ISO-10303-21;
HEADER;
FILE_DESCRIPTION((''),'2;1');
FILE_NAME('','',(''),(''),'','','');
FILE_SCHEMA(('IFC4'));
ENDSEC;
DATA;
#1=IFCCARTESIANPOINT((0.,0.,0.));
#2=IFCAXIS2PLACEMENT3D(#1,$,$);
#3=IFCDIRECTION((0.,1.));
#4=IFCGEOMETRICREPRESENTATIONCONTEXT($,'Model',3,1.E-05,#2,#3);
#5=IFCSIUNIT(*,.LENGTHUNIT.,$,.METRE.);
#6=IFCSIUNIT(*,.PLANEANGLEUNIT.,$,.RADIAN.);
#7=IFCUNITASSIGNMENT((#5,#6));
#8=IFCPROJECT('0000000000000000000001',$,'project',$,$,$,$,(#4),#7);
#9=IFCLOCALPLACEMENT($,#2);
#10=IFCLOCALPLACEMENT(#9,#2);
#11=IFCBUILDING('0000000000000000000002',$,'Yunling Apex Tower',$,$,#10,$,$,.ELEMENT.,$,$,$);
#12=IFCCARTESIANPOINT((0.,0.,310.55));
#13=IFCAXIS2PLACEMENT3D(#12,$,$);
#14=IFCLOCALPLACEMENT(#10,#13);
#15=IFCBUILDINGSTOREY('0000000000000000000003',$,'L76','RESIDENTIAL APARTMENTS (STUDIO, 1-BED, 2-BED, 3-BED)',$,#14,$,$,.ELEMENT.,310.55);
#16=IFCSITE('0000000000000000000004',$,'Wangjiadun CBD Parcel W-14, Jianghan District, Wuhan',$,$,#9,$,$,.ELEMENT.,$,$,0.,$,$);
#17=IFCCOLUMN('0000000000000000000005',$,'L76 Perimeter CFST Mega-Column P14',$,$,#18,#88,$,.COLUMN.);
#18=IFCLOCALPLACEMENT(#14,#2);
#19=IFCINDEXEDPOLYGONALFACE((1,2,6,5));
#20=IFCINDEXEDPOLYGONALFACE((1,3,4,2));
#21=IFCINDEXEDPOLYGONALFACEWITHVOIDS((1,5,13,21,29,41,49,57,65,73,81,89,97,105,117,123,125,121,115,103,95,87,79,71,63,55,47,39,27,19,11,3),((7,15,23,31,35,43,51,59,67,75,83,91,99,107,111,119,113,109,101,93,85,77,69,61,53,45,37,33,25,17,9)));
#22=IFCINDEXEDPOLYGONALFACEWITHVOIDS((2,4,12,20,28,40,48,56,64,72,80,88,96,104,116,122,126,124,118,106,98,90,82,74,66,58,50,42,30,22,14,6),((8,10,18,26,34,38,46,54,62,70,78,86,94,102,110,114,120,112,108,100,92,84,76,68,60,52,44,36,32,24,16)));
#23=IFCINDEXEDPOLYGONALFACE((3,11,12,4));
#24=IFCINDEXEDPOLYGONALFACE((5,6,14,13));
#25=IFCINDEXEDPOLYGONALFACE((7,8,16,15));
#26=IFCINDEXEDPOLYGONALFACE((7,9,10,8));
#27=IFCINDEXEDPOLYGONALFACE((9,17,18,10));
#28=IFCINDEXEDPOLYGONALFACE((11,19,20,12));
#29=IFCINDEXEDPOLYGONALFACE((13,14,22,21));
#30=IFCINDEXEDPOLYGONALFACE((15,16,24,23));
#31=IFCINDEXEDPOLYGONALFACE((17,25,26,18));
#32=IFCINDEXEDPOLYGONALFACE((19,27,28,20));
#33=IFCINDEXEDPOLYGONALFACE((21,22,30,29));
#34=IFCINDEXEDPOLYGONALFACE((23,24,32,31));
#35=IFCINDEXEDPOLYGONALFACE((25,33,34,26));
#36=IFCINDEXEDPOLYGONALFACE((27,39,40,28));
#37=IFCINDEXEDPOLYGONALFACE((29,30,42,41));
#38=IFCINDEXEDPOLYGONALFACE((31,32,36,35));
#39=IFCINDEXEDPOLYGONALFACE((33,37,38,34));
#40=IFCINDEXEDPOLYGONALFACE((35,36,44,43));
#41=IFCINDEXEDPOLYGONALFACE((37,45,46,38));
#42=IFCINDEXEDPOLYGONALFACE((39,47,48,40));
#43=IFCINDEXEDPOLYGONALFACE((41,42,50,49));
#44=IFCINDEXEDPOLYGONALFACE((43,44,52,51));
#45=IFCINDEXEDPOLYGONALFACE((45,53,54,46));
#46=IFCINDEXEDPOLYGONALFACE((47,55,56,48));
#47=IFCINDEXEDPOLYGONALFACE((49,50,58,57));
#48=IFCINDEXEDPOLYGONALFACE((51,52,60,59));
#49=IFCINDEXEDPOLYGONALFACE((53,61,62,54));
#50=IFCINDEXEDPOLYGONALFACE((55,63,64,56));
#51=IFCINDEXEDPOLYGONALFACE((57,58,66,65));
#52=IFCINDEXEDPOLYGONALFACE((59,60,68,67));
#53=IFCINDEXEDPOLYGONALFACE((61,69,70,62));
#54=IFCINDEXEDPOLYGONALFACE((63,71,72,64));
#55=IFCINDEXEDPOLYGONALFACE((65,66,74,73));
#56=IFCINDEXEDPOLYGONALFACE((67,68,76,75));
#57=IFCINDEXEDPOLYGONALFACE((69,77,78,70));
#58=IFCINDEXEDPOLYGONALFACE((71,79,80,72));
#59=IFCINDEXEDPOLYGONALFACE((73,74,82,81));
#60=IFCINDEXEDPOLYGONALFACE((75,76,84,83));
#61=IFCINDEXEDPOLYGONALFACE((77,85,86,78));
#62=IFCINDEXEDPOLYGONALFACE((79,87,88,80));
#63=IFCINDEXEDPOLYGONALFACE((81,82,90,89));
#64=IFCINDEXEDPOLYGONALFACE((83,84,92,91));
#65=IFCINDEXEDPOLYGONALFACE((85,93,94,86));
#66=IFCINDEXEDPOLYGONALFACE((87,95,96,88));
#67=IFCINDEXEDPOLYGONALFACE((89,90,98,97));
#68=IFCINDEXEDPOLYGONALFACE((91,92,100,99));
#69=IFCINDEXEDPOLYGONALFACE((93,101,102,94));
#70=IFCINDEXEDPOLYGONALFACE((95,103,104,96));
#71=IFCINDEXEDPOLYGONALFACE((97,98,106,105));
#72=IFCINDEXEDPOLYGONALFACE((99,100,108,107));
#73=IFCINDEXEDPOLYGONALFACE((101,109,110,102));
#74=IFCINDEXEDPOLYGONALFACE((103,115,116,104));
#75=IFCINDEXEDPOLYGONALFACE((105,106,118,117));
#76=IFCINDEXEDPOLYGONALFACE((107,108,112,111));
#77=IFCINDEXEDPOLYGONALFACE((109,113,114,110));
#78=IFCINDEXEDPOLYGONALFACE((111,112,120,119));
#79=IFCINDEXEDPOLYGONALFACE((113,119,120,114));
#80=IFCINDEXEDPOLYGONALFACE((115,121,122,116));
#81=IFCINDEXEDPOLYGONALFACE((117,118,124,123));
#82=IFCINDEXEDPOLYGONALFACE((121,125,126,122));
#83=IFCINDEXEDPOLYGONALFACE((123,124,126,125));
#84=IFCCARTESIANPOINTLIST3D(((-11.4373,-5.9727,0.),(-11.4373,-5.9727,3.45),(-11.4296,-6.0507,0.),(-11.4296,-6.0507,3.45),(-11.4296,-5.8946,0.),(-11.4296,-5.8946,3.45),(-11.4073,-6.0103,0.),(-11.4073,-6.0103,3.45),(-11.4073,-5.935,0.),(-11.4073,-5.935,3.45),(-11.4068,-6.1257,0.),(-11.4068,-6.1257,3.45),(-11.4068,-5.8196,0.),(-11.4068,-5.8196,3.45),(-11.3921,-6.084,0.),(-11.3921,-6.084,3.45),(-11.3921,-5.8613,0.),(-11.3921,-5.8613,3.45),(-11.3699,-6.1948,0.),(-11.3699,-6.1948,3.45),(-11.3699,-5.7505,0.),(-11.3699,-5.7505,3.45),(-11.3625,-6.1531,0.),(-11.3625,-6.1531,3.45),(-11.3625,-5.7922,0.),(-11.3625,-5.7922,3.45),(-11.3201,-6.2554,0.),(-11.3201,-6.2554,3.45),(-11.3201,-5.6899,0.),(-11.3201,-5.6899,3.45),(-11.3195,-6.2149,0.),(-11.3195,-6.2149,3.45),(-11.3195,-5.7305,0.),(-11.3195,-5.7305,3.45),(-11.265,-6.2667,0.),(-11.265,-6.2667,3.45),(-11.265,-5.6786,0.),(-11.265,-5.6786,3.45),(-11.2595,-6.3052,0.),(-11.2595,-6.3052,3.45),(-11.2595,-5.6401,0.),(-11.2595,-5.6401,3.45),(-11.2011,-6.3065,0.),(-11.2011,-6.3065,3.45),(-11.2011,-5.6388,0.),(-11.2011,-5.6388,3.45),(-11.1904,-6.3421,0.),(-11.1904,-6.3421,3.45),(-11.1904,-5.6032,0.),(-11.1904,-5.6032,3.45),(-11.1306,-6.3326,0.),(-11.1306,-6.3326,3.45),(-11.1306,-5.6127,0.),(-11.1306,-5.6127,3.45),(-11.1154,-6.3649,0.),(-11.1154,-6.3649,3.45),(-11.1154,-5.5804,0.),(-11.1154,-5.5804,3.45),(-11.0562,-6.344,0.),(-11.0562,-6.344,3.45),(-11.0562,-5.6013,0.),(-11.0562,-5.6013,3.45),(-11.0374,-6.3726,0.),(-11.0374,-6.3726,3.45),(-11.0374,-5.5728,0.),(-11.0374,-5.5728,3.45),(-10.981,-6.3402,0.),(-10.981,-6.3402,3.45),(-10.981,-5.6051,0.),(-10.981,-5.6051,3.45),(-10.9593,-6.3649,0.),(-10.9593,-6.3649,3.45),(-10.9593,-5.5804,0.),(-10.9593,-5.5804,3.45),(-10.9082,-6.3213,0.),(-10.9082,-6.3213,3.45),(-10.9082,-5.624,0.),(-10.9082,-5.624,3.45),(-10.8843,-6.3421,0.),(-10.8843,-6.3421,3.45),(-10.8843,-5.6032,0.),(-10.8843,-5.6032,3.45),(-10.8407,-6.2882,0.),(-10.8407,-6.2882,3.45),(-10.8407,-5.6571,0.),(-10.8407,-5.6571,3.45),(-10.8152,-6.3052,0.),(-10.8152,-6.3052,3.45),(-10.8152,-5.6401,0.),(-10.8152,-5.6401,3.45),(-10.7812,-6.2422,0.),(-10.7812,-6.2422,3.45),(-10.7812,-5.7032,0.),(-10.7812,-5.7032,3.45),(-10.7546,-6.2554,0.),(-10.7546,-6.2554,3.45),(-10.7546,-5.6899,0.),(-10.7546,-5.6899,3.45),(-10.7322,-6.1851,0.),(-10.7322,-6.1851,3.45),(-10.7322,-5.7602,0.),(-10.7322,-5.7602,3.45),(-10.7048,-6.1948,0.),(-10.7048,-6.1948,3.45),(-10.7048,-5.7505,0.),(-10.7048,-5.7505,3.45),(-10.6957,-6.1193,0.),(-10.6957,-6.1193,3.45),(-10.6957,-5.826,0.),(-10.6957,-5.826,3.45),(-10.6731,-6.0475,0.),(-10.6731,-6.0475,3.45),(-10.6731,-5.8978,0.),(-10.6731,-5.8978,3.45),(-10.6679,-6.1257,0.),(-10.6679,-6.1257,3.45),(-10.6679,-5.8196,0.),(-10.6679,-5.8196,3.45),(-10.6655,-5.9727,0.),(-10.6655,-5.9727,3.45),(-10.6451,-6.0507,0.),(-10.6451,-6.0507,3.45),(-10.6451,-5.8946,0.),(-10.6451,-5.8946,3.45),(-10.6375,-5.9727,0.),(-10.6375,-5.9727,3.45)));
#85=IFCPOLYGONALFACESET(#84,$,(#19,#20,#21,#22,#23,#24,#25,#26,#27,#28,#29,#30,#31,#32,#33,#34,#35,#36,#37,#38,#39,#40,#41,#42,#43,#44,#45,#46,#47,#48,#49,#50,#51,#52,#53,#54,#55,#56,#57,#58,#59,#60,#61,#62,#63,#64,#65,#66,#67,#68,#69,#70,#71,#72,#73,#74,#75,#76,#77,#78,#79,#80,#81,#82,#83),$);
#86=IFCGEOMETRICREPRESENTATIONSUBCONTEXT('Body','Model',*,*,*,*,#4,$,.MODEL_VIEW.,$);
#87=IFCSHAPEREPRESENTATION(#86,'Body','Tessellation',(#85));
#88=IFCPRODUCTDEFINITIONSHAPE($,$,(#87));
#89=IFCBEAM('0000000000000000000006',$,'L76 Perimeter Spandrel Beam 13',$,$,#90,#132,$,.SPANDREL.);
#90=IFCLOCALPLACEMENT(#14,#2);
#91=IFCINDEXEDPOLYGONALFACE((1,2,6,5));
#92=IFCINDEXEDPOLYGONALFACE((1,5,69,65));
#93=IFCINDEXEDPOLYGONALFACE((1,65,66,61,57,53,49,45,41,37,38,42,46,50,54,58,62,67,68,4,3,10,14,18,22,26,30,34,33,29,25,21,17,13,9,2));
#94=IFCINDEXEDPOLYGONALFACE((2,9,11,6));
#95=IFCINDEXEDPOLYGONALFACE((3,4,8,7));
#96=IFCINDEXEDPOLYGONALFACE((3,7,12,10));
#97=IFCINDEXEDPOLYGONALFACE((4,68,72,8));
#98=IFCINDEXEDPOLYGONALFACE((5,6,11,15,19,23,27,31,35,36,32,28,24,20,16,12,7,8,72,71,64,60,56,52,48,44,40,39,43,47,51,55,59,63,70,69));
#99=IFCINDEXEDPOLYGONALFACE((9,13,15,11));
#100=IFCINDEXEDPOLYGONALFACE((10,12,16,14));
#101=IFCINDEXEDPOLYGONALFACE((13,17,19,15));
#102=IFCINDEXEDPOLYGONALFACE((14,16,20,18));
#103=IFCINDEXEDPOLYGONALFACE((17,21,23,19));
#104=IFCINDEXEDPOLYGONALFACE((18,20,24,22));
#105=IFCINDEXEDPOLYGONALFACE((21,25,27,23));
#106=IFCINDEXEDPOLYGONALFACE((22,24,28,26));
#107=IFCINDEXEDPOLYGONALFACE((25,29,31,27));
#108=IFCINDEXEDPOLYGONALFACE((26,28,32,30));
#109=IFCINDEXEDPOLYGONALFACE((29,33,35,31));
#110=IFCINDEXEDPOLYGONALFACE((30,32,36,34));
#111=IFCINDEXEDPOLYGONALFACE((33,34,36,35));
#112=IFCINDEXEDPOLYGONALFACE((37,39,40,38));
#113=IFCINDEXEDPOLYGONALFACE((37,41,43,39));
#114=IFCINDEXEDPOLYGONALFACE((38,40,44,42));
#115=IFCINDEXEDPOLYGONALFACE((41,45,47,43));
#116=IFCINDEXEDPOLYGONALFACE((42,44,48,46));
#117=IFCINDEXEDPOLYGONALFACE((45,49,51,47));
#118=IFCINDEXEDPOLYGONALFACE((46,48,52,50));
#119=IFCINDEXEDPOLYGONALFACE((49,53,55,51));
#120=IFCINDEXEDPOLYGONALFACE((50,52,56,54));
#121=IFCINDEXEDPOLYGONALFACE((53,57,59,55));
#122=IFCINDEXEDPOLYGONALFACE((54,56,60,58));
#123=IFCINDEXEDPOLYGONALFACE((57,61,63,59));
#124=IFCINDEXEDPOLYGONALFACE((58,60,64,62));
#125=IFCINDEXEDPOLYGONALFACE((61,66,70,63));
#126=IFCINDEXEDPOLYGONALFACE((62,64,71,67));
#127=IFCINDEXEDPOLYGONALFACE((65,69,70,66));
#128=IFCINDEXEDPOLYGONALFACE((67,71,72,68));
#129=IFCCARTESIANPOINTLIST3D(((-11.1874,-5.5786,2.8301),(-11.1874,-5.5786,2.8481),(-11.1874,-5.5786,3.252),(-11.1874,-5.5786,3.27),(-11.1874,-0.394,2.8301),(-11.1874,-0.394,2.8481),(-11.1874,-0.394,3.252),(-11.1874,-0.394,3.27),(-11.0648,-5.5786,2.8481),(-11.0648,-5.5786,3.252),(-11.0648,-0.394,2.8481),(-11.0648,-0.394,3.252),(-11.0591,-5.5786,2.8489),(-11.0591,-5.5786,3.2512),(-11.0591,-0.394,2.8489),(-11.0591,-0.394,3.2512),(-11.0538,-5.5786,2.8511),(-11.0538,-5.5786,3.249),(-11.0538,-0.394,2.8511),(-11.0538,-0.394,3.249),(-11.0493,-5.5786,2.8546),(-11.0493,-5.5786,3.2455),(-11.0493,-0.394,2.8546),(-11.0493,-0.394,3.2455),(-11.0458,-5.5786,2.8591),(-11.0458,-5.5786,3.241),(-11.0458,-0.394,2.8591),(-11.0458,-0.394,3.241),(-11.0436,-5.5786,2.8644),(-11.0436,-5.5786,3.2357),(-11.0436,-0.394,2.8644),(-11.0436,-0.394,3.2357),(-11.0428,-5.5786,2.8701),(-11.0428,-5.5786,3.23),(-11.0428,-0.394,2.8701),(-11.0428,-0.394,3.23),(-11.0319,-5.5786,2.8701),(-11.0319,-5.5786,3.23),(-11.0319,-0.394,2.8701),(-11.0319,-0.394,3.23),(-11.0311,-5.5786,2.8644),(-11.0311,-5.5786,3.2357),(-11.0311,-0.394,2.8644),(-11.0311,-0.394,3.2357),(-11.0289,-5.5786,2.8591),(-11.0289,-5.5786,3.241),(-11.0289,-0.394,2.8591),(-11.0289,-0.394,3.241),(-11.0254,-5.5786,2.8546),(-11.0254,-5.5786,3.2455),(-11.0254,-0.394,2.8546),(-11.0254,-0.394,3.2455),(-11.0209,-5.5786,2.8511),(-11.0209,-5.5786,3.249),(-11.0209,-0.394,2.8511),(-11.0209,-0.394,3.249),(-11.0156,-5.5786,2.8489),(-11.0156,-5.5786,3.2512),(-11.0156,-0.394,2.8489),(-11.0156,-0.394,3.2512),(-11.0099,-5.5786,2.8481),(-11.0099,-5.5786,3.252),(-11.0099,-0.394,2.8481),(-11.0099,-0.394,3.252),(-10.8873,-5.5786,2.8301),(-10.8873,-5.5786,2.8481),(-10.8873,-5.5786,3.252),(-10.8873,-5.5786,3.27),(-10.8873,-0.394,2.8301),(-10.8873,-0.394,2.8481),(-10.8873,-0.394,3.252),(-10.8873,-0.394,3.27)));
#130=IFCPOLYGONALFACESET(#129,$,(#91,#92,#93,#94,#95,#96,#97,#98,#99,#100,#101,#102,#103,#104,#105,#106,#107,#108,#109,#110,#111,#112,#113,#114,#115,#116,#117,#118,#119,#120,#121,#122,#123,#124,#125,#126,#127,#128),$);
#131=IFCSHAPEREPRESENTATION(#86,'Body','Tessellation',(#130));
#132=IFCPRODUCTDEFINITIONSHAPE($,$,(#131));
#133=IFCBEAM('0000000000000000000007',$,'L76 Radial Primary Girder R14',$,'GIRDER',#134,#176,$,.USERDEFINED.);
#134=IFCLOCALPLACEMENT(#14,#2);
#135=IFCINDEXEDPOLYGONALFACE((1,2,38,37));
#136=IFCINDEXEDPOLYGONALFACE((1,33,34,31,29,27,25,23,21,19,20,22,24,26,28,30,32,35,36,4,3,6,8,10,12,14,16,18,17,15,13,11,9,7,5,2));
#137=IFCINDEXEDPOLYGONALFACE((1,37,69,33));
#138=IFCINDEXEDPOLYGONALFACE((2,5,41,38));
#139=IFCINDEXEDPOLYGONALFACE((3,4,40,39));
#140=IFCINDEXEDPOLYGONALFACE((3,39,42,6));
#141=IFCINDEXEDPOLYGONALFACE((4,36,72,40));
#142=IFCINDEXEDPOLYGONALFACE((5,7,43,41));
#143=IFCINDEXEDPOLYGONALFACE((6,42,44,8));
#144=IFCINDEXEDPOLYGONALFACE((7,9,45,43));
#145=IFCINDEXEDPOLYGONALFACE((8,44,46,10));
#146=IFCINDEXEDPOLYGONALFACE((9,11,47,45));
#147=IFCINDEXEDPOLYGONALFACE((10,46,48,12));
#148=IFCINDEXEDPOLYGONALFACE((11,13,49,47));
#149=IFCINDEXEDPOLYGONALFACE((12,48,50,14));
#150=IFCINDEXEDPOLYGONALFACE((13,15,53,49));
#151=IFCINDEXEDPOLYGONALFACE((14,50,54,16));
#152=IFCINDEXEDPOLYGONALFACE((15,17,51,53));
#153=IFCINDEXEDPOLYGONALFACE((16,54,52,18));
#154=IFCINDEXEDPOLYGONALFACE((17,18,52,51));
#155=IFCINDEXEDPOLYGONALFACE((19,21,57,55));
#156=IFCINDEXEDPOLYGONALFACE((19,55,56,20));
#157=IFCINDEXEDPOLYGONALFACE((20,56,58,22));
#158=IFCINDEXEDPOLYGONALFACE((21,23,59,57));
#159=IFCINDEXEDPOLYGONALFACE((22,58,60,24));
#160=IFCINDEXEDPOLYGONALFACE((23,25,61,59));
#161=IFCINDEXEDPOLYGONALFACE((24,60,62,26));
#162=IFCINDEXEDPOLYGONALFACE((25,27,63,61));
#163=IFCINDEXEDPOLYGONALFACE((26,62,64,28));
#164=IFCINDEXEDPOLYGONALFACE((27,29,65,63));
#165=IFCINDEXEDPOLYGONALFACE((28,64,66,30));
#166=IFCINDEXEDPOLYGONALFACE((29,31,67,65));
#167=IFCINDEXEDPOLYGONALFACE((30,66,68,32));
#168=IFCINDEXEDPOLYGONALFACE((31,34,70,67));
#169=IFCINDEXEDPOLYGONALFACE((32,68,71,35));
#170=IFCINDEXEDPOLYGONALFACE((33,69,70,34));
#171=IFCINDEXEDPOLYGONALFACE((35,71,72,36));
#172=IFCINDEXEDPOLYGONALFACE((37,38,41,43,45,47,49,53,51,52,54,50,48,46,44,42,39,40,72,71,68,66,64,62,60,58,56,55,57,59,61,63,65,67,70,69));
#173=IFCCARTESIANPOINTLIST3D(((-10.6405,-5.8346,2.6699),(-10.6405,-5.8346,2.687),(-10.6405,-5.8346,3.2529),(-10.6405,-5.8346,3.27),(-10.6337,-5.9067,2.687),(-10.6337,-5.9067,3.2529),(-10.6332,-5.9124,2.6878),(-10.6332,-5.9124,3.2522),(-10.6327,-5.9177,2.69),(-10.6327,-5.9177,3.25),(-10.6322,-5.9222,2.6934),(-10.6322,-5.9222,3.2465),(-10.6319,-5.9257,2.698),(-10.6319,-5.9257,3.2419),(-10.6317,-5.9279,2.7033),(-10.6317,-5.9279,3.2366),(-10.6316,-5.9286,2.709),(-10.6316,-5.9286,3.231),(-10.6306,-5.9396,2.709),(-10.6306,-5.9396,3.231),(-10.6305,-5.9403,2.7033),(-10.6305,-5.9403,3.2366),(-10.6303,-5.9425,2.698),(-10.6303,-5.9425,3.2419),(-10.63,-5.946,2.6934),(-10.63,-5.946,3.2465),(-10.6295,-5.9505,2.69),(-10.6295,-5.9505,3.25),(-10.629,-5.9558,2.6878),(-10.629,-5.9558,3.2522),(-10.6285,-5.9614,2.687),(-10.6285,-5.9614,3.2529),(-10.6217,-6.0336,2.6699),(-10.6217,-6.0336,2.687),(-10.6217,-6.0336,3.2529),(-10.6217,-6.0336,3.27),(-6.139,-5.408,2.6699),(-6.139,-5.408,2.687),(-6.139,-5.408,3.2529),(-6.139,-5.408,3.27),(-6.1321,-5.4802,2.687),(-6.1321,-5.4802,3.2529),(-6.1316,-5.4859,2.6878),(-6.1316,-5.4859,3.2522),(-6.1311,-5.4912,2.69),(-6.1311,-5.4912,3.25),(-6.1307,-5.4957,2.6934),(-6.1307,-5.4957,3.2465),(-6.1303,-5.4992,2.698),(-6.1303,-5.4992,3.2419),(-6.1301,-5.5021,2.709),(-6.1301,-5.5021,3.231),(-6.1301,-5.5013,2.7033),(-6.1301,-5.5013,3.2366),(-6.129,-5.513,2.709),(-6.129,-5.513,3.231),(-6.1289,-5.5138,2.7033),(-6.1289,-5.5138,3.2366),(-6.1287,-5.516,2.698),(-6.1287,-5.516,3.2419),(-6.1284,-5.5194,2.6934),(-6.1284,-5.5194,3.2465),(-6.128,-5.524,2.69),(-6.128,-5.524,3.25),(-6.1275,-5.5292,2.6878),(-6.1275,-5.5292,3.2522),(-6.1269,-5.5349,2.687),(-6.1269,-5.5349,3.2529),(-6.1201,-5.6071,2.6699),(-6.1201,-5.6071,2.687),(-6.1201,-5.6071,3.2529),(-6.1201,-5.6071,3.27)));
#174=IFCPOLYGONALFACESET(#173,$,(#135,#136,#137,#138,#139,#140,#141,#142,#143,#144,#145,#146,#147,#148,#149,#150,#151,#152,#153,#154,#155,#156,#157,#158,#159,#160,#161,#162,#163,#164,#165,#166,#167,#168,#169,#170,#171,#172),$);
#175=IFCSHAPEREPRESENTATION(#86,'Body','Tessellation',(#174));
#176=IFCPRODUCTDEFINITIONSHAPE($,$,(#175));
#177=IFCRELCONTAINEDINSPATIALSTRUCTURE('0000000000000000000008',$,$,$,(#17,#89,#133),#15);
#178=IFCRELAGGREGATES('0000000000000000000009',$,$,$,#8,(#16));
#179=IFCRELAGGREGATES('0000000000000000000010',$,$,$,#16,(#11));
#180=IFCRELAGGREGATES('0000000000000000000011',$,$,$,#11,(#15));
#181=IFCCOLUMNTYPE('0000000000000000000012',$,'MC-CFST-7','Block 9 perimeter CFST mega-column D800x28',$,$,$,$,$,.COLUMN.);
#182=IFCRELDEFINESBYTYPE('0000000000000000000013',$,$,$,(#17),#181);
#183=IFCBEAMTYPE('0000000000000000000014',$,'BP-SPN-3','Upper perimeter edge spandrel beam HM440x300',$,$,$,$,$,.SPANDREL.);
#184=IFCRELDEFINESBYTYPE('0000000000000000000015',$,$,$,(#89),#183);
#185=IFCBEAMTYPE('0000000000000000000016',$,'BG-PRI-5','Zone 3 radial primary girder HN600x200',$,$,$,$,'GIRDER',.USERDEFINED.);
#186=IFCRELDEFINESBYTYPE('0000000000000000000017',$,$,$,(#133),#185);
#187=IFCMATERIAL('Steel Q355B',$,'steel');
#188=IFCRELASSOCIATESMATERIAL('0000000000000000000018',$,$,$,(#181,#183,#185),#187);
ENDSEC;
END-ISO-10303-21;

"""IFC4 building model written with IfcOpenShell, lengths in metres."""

from ifc_helpers import new_model, si_unit, direction, frame, origin, origin_2d, place, context, subcontext, project, spatial, hollow_circle, i_section, extrude, source, transform, mapped, material, material_profile, profile_set, type_object, element, save


model = new_model("IFC4")

# Units and contexts
model_context = context("Model", 3, precision=1e-05, world=origin(), true_north=direction((0.0, 1.0)))
body_context = subcontext(model_context, "Body", "Model", "MODEL_VIEW")
ifc_project = project(units=[si_unit("LENGTHUNIT", "METRE"), si_unit("PLANEANGLEUNIT", "RADIAN")], contexts=[model_context])

# Site, building, storey
site_placement = place(None, origin())
site = spatial("IfcSite", under=ifc_project, at=site_placement, Name="Wangjiadun CBD Parcel W-14, Jianghan District, Wuhan", CompositionType="ELEMENT", RefElevation=0.0)
building_placement = place(site_placement, origin())
building = spatial("IfcBuilding", under=site, at=building_placement, Name="Yunling Apex Tower", CompositionType="ELEMENT")
storey_placement = place(building_placement, frame((0.0, 0.0, 310.55)))
storey = spatial("IfcBuildingStorey", under=building, at=storey_placement, Name="L76", Description="RESIDENTIAL APARTMENTS (STUDIO, 1-BED, 2-BED, 3-BED)", CompositionType="ELEMENT", Elevation=310.55)

# Column
ifc_material_1 = material(Name="Steel Q355B", Category="steel")
ifc_material_profile_1 = material_profile(ifc_material_1, hollow_circle(Radius=0.3999, WallThickness=0.0281, at=origin_2d()))
ifc_profile_set_1 = profile_set([ifc_material_profile_1], Name="Steel Q355B")
column_type = type_object("IfcColumnType", Name="MC-CFST-7", Description="Block 9 perimeter CFST mega-column D800x28", PredefinedType="COLUMN", material=ifc_profile_set_1)
shared_shape_1 = source(origin(), body_context, "Body", "SweptSolid", [
    extrude(hollow_circle(Radius=0.3999, WallThickness=0.0281, at=origin_2d()), origin(), (0.0, 0.0, 1.0), 3.45),
])
column_placement = place(storey_placement, frame((-11.0374, -5.9727, 0.0), z_axis=(0.0, 0.0, 1.0), x_axis=(1.0, 0.0, 0.0)))
element("IfcColumn", 1, at=column_placement, inside=storey, type_object=column_type, Name="L76 Perimeter CFST Mega-Column P14", PredefinedType="COLUMN", context=body_context, shape_type="MappedRepresentation", body=[
    mapped(shared_shape_1, transform((0.0, 0.0, 0.0), scale=1.0)),
])

# Beams
ifc_material_profile_2 = material_profile(ifc_material_1, i_section(OverallWidth=0.3, OverallDepth=0.4399, WebThickness=0.011, FlangeThickness=0.0181, FilletRadius=0.022, at=origin_2d()))
ifc_profile_set_2 = profile_set([ifc_material_profile_2], Name="Steel Q355B")
beam_type_1 = type_object("IfcBeamType", Name="BP-SPN-3", Description="Upper perimeter edge spandrel beam HM440x300", PredefinedType="SPANDREL", material=ifc_profile_set_2)
shared_shape_2 = source(origin(), body_context, "Body", "SweptSolid", [
    extrude(i_section(OverallWidth=0.3, OverallDepth=0.4399, WebThickness=0.011, FlangeThickness=0.0181, FilletRadius=0.022, at=origin_2d()), origin(), (0.0, 0.0, 1.0), 5.1846),
])
beam_1_placement = place(storey_placement, frame((-11.0374, -0.394, 3.05), z_axis=(0.0, -1.0, 0.0), x_axis=(1.0, 0.0, 0.0)))
element("IfcBeam", 2, at=beam_1_placement, inside=storey, type_object=beam_type_1, Name="L76 Perimeter Spandrel Beam 13", PredefinedType="SPANDREL", context=body_context, shape_type="MappedRepresentation", body=[
    mapped(shared_shape_2, transform((0.0, 0.0, 0.0), scale=1.0)),
])
ifc_material_profile_3 = material_profile(ifc_material_1, i_section(OverallWidth=0.2, OverallDepth=0.6001, WebThickness=0.011, FlangeThickness=0.0171, FilletRadius=0.022, at=origin_2d()))
ifc_profile_set_3 = profile_set([ifc_material_profile_3], Name="Steel Q355B")
beam_type_2 = type_object("IfcBeamType", Name="BG-PRI-5", Description="Zone 3 radial primary girder HN600x200", ElementType="GIRDER", PredefinedType="USERDEFINED", material=ifc_profile_set_3)
shared_shape_3 = source(origin(), body_context, "Body", "SweptSolid", [
    extrude(i_section(OverallWidth=0.2, OverallDepth=0.6001, WebThickness=0.011, FlangeThickness=0.0171, FilletRadius=0.022, at=origin_2d()), origin(), (0.0, 0.0, 1.0), 4.5217),
])
beam_2_placement = place(storey_placement, frame((-10.6311, -5.9341, 2.97), z_axis=(0.995541, 0.094328, 0.0), x_axis=(-0.094328, 0.995541, 0.0)))
element("IfcBeam", 3, at=beam_2_placement, inside=storey, type_object=beam_type_2, Name="L76 Radial Primary Girder R14", ObjectType="GIRDER", PredefinedType="USERDEFINED", context=body_context, shape_type="MappedRepresentation", body=[
    mapped(shared_shape_3, transform((0.0, 0.0, 0.0), scale=1.0)),
])

save(model, "model.ifc")
